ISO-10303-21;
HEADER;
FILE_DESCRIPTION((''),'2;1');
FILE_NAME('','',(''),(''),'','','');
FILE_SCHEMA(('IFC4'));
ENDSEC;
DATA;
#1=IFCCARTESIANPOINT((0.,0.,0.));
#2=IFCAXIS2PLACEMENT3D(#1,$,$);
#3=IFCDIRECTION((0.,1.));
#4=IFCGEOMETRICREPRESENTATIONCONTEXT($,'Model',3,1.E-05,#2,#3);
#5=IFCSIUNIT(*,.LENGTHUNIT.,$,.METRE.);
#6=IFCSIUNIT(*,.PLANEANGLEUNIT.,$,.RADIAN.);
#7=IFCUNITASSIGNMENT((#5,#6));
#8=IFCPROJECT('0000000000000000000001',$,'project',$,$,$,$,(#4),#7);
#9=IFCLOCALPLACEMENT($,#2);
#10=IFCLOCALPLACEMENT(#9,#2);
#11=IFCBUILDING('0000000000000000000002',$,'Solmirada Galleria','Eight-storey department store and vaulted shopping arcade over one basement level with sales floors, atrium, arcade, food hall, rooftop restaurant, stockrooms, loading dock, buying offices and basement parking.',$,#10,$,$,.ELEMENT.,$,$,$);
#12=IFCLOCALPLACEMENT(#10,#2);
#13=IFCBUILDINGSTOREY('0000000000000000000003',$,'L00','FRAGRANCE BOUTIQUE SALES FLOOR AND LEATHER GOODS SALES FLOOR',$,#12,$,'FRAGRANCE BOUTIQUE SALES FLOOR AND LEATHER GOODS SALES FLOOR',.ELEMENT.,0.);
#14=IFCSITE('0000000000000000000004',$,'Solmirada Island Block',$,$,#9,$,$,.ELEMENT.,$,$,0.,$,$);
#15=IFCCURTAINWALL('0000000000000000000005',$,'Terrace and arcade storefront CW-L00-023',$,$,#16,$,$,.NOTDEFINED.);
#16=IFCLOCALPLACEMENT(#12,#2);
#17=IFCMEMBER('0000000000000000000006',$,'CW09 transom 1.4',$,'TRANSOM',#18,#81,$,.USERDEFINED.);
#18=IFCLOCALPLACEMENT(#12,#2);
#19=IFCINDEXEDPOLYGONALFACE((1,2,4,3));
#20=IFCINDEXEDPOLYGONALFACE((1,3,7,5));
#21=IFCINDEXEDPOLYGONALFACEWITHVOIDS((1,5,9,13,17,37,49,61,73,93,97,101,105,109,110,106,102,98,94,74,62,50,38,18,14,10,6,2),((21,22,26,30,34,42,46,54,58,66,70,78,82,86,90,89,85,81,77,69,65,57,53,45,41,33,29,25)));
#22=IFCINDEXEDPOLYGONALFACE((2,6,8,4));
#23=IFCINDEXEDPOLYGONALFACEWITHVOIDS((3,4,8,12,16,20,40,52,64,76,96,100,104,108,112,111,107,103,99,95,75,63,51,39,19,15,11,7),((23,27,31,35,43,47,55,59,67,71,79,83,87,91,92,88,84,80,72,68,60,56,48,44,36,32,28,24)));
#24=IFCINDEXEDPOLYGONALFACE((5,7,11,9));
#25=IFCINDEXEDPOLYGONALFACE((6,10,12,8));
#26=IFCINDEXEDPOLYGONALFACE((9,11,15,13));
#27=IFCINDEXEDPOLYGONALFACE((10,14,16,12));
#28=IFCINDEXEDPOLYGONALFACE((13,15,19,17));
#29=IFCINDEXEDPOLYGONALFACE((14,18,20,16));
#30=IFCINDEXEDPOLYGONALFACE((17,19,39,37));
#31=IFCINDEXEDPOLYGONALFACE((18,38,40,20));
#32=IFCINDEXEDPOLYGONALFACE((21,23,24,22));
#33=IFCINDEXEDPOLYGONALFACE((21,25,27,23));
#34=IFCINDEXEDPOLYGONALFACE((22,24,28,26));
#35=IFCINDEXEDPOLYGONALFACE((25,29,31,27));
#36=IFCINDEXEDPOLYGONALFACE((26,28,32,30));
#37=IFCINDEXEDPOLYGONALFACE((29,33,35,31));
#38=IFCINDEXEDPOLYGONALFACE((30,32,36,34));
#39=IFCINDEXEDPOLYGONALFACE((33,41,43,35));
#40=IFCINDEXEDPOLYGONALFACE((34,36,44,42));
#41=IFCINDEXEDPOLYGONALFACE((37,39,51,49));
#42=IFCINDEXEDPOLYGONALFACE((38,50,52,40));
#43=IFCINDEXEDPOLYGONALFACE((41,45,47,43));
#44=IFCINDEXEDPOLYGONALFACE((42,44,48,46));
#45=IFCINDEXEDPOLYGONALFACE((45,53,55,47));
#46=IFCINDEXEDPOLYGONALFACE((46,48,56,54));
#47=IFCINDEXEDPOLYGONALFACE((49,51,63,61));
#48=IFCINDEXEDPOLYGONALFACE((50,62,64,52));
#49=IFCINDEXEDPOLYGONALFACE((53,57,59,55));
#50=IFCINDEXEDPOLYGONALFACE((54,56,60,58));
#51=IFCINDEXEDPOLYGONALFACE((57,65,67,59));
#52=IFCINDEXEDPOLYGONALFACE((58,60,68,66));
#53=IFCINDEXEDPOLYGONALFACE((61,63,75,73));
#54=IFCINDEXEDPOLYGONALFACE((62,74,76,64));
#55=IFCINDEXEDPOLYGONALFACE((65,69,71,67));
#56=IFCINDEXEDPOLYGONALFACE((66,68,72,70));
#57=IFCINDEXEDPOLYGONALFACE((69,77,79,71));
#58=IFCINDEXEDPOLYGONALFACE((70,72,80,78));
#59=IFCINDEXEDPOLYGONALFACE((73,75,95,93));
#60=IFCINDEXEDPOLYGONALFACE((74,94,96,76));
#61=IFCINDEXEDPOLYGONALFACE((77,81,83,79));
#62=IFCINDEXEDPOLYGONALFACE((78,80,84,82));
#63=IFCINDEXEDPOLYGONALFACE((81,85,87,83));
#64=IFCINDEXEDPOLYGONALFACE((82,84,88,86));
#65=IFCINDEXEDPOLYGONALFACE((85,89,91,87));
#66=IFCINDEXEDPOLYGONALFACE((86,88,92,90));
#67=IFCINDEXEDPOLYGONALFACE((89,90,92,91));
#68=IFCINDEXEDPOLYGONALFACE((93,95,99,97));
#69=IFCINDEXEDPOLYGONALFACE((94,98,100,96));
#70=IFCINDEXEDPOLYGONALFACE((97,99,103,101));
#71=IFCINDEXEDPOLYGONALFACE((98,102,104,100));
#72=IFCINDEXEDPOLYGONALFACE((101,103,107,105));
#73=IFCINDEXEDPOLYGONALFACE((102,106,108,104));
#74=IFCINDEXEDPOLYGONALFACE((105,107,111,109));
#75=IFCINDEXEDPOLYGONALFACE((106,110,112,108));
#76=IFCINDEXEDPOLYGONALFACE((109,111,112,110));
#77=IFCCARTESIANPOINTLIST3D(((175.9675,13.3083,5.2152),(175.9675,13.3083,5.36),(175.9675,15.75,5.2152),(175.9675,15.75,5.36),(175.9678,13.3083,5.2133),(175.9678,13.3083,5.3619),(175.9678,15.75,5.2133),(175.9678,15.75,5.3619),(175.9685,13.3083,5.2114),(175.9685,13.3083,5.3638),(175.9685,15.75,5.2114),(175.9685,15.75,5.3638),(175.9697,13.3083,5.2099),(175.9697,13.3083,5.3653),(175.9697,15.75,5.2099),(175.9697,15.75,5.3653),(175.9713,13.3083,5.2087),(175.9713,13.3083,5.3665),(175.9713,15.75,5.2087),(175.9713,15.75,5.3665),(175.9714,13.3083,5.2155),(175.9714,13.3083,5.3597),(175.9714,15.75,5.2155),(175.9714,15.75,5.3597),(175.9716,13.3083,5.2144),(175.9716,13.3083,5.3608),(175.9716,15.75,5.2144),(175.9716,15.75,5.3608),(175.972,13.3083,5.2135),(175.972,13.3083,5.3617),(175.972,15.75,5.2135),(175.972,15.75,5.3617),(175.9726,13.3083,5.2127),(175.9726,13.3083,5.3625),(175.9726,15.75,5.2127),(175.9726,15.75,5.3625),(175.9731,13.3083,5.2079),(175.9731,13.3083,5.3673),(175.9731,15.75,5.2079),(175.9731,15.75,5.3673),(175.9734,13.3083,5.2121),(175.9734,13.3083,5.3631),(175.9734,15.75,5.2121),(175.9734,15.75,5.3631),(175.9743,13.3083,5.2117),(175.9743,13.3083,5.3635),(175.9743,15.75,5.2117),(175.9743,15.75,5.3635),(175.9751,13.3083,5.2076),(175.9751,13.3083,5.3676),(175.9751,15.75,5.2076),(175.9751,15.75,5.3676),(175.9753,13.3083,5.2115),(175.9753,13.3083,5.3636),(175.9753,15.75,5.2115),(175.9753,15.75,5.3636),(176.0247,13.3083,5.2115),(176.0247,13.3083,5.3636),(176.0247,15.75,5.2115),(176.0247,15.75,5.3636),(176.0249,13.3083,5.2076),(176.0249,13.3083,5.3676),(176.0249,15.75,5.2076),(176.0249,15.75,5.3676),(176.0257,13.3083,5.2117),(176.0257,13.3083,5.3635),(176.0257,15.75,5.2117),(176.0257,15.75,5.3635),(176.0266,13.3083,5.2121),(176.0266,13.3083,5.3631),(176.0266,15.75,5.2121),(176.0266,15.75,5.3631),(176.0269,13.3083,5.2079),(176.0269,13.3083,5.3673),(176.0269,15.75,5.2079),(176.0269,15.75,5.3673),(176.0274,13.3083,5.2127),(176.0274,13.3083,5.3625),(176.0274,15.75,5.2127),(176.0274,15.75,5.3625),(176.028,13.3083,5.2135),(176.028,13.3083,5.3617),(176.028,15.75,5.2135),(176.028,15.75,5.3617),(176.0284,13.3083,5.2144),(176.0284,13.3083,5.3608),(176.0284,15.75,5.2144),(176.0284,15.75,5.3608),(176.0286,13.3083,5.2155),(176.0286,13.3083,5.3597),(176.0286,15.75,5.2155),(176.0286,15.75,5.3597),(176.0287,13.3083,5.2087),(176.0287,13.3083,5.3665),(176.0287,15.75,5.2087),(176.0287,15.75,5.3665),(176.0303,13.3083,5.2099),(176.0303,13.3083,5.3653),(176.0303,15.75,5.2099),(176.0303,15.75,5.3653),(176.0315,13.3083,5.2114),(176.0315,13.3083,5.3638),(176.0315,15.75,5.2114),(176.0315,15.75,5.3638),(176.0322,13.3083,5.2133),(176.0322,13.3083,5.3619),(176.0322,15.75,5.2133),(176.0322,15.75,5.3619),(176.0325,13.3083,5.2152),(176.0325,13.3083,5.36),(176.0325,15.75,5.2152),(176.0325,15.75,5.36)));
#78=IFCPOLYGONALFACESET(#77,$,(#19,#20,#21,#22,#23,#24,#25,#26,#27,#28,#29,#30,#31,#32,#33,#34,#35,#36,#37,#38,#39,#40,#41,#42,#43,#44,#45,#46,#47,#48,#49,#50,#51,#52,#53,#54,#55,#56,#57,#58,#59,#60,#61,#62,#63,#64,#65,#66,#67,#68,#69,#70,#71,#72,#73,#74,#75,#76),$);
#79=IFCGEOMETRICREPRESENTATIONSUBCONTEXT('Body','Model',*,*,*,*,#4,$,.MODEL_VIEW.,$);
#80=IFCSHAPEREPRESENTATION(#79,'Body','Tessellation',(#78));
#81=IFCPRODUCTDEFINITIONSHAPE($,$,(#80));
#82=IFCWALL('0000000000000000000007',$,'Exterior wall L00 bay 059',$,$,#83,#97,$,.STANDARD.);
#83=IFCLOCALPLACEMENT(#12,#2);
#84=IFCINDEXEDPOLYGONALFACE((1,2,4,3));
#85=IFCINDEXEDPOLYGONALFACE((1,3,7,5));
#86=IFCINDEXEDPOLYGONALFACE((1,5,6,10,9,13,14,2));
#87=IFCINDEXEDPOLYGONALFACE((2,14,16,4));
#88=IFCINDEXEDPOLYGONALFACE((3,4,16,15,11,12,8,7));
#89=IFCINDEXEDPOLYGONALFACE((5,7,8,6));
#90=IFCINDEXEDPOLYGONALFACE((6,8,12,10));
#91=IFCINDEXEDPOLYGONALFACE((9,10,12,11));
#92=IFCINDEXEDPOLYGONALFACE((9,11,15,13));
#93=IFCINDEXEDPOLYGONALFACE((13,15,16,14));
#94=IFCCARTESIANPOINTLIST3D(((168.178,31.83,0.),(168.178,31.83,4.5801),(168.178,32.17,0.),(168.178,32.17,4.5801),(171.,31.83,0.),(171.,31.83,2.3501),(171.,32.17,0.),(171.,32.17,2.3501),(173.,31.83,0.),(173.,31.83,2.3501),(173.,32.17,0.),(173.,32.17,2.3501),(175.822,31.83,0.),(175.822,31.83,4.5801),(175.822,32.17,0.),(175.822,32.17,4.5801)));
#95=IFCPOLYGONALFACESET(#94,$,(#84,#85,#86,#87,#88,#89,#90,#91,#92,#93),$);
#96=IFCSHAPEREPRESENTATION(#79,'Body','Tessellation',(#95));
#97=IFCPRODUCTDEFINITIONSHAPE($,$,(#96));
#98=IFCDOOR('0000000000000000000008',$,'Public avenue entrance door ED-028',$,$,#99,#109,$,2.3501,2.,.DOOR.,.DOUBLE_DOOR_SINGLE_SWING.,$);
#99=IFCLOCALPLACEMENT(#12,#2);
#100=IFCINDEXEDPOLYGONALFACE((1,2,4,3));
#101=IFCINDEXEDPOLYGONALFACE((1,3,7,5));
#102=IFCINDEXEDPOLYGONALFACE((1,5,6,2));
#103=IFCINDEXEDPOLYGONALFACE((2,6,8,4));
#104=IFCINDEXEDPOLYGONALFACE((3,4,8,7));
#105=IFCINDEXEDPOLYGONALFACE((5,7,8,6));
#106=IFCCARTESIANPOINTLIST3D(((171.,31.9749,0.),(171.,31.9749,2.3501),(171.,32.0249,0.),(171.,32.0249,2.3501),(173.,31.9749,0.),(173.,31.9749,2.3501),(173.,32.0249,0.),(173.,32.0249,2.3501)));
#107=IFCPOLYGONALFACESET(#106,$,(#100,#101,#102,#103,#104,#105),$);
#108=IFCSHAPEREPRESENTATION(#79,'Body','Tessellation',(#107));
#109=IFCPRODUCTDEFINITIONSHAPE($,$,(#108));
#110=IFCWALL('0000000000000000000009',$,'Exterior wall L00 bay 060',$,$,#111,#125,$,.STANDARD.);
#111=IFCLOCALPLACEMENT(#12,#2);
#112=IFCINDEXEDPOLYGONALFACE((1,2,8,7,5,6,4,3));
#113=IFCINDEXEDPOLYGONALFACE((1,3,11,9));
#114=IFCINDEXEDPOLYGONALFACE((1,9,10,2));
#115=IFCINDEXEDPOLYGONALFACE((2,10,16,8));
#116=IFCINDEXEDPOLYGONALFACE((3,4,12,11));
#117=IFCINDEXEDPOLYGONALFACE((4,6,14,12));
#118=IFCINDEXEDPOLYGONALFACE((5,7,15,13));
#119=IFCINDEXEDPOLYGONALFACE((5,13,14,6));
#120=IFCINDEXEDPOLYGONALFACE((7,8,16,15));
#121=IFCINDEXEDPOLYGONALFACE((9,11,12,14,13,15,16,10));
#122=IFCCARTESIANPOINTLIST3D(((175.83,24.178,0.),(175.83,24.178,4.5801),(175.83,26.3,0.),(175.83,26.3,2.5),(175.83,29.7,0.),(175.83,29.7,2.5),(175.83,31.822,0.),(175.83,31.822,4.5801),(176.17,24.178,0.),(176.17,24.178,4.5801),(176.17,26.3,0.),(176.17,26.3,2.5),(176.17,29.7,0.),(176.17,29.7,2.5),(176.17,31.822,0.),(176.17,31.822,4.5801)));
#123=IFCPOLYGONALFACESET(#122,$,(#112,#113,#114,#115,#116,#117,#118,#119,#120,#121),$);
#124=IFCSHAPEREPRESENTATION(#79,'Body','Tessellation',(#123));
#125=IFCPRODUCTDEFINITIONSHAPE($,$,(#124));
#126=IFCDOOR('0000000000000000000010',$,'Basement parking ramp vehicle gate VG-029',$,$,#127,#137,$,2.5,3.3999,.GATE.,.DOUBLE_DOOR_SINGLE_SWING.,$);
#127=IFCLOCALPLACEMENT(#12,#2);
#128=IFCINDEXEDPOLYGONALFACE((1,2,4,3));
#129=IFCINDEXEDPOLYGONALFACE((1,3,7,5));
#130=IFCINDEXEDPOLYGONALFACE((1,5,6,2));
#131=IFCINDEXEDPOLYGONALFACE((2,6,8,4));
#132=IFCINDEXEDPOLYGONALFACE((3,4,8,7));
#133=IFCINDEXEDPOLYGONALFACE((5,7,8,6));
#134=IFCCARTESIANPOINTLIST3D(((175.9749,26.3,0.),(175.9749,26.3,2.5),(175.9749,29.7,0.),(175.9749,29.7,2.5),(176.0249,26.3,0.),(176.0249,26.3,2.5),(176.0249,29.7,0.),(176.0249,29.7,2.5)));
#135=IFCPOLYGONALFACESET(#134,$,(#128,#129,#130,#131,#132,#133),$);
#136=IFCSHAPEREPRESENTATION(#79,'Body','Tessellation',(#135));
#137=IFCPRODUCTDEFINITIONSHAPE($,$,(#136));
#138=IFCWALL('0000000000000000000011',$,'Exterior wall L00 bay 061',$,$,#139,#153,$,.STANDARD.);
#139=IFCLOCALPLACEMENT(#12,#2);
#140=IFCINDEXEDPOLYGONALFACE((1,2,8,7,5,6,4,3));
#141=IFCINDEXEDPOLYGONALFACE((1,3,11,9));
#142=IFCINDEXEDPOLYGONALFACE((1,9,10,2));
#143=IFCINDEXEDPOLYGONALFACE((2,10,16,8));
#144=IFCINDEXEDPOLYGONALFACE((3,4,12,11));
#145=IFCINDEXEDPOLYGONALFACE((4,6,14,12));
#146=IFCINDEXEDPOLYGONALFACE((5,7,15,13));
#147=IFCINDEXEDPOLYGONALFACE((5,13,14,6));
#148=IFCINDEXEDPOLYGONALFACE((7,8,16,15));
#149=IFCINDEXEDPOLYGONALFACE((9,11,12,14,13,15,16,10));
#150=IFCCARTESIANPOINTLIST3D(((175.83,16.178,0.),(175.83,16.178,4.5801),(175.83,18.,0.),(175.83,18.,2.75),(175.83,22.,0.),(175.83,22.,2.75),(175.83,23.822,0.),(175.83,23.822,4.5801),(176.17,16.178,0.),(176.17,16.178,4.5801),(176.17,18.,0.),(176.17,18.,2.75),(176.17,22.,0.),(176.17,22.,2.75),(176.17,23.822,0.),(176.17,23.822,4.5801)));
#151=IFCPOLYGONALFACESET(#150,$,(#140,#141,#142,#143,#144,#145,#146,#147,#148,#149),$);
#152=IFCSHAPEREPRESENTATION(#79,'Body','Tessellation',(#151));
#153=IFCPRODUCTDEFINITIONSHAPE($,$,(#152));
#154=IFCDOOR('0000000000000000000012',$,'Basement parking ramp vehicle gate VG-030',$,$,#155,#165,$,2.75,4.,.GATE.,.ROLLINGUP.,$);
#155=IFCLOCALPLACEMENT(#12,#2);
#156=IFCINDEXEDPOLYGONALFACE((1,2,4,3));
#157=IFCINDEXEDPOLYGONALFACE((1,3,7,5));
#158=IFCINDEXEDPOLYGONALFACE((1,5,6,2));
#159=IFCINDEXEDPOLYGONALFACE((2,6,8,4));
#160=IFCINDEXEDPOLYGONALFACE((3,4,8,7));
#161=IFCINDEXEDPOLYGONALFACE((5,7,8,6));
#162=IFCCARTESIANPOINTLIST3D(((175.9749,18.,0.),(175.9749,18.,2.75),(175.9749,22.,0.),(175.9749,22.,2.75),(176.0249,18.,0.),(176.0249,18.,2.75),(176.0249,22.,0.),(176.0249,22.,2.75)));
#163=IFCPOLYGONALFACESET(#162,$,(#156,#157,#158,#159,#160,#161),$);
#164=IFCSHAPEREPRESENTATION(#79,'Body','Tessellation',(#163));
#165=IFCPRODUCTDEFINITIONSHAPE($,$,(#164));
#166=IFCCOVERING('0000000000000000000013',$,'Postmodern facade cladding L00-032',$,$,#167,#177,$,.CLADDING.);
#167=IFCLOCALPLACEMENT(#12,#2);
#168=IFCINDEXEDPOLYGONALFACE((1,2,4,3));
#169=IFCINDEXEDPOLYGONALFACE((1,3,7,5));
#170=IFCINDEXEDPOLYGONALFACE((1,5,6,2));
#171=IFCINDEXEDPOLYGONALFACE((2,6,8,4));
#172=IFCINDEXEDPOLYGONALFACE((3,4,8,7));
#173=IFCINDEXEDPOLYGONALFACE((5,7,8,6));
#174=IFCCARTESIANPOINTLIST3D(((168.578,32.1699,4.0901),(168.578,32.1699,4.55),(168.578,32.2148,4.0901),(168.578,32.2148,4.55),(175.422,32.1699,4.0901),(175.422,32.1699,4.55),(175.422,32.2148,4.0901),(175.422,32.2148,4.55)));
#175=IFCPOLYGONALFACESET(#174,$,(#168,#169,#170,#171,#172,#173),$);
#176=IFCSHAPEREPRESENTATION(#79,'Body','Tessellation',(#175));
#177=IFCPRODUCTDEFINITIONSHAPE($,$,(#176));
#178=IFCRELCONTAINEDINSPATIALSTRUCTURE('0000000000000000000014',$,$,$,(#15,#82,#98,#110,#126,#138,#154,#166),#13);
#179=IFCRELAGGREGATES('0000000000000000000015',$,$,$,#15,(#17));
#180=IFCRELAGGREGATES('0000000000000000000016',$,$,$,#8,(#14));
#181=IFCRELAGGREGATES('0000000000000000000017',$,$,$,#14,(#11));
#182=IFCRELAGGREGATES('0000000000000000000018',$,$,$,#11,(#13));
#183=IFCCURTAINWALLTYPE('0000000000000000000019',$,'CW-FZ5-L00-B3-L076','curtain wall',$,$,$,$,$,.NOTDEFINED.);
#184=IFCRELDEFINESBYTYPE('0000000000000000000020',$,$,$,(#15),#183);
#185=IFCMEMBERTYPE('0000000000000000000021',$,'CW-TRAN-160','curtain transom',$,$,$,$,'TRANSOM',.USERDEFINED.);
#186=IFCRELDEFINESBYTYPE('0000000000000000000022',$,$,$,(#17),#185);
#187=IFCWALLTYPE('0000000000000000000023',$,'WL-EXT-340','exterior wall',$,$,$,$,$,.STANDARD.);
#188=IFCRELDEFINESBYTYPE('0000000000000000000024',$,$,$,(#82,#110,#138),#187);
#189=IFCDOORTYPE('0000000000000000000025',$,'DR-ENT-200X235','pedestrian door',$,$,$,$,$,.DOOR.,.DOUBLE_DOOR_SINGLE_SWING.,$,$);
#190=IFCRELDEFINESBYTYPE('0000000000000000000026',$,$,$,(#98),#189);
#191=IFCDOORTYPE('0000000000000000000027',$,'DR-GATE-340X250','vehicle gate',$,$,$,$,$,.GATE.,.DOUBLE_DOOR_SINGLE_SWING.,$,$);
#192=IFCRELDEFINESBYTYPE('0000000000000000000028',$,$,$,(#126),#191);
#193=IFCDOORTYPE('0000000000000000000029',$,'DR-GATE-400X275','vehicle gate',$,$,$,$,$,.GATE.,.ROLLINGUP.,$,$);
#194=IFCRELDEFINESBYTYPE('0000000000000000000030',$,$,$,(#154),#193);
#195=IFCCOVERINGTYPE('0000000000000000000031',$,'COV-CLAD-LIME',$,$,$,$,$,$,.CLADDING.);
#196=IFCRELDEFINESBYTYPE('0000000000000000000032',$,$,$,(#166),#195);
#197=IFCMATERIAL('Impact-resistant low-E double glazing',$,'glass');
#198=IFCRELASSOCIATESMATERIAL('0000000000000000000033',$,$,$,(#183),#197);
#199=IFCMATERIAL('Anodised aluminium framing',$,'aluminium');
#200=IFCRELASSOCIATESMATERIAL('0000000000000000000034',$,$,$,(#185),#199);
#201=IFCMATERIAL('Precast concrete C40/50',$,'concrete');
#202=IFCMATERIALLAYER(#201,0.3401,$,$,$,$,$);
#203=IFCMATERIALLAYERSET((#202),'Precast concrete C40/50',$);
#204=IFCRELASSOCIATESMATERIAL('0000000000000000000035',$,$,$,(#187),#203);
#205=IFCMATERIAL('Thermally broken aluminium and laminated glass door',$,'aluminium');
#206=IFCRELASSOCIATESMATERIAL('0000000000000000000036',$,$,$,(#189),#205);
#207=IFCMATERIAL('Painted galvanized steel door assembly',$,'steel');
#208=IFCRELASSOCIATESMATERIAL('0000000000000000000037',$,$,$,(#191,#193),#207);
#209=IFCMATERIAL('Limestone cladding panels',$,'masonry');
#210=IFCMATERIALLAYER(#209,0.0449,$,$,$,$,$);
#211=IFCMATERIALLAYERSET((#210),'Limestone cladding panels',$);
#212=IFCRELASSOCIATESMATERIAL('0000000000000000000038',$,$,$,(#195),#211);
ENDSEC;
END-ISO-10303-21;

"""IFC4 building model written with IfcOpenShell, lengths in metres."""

from ifc_helpers import new_model, si_unit, direction, frame, frame_2d, origin, origin_2d, place, context, subcontext, project, spatial, rectangle, hollow_rectangle, extrude, material, layer, layer_set, material_profile, profile_set, type_object, element, fill, aggregate, save


model = new_model("IFC4")

# Units and contexts
model_context = context("Model", 3, precision=1e-05, world=origin(), true_north=direction((0.0, 1.0)))
body_context = subcontext(model_context, "Body", "Model", "MODEL_VIEW")
ifc_project = project(units=[si_unit("LENGTHUNIT", "METRE"), si_unit("PLANEANGLEUNIT", "RADIAN")], contexts=[model_context])

# Site, building, storey
site_placement = place(None, origin())
site = spatial("IfcSite", under=ifc_project, at=site_placement, Name="Solmirada Island Block", CompositionType="ELEMENT", RefElevation=0.0)
building_placement = place(site_placement, origin())
building = spatial("IfcBuilding", under=site, at=building_placement, Name="Solmirada Galleria", Description="Eight-storey department store and vaulted shopping arcade over one basement level with sales floors, atrium, arcade, food hall, rooftop restaurant, stockrooms, loading dock, buying offices and basement parking.", CompositionType="ELEMENT")
storey_placement = place(building_placement, origin())
storey = spatial("IfcBuildingStorey", under=building, at=storey_placement, Name="L00", Description="FRAGRANCE BOUTIQUE SALES FLOOR AND LEATHER GOODS SALES FLOOR", LongName="FRAGRANCE BOUTIQUE SALES FLOOR AND LEATHER GOODS SALES FLOOR", CompositionType="ELEMENT", Elevation=0.0)

# Curtain wall, member
ifc_material_1 = material(Name="Impact-resistant low-E double glazing", Category="glass")
curtain_wall_type = type_object("IfcCurtainWallType", Name="CW-FZ5-L00-B3-L076", Description="curtain wall", PredefinedType="NOTDEFINED", material=ifc_material_1)
curtain_wall_placement = place(storey_placement, origin())
curtain_wall = element("IfcCurtainWall", 1, at=curtain_wall_placement, inside=storey, type_object=curtain_wall_type, Name="Terrace and arcade storefront CW-L00-023", PredefinedType="NOTDEFINED")
ifc_material_2 = material(Name="Anodised aluminium framing", Category="aluminium")
ifc_material_profile_1 = material_profile(ifc_material_2, hollow_rectangle(XDim=0.0649, YDim=0.1599, WallThickness=0.0039, InnerFilletRadius=0.0039, OuterFilletRadius=0.0076, at=origin_2d()), Name="ALU-TRAN-160X65")
ifc_profile_set_1 = profile_set([ifc_material_profile_1], Name="Anodised aluminium framing")
member_type_1 = type_object("IfcMemberType", Name="CW-TRAN-160", Description="curtain transom", ElementType="TRANSOM", PredefinedType="USERDEFINED", material=ifc_profile_set_1)
member_1_placement = place(storey_placement, frame((176.0, 15.75, 5.2876), z_axis=(0.0, -1.0, 0.0), x_axis=(1.0, 0.0, 0.0)))
member_1 = element("IfcMember", 2, at=member_1_placement, type_object=member_type_1, Name="CW09 transom 1.4", ObjectType="TRANSOM", PredefinedType="USERDEFINED", context=body_context, shape_type="SweptSolid", body=[
    extrude(hollow_rectangle(XDim=0.0649, YDim=0.1599, WallThickness=0.0039, InnerFilletRadius=0.0039, OuterFilletRadius=0.0076, at=origin_2d()), origin(), (0.0, 0.0, 1.0), 2.4417),
])
aggregate(curtain_wall, [member_1])

# Walls, openings, doors
ifc_material_3 = material(Name="Precast concrete C40/50", Category="concrete")
ifc_layer_1 = layer(ifc_material_3, 0.3401)
ifc_layer_set_1 = layer_set([ifc_layer_1], Name="Precast concrete C40/50")
wall_type = type_object("IfcWallType", Name="WL-EXT-340", Description="exterior wall", PredefinedType="STANDARD", material=ifc_layer_set_1)
wall_1_placement = place(storey_placement, frame((168.178, 32.0, 0.0), z_axis=(0.0, 0.0, 1.0), x_axis=(1.0, 0.0, 0.0)))
wall_1 = element("IfcWall", 3, at=wall_1_placement, inside=storey, type_object=wall_type, Name="Exterior wall L00 bay 059", PredefinedType="STANDARD", context=body_context, shape_type="SweptSolid", body=[
    extrude(rectangle(XDim=7.644, YDim=0.3401, at=frame_2d((3.822, 0.0))), origin(), (0.0, 0.0, 1.0), 4.5801),
])
opening_1_placement = place(wall_1_placement, frame((2.822, 0.0, 0.0)))
opening_1 = element("IfcOpeningElement", 4, at=opening_1_placement, cuts=wall_1, PredefinedType="OPENING", context=body_context, shape_type="SweptSolid", body=[
    extrude(rectangle(XDim=2.0, YDim=2.3501, at=frame_2d((1.0, 1.175))), frame((0.0, 0.1799, 0.0), z_axis=(0.0, -1.0, 0.0), x_axis=(1.0, 0.0, 0.0)), (0.0, 0.0, 1.0), 0.3601),
])
ifc_material_4 = material(Name="Thermally broken aluminium and laminated glass door", Category="aluminium")
door_type_1 = type_object("IfcDoorType", Name="DR-ENT-200X235", Description="pedestrian door", OperationType="DOUBLE_DOOR_SINGLE_SWING", PredefinedType="DOOR", material=ifc_material_4)
door_1_placement = place(opening_1_placement, origin())
door_1 = element("IfcDoor", 5, at=door_1_placement, inside=storey, type_object=door_type_1, Name="Public avenue entrance door ED-028", OperationType="DOUBLE_DOOR_SINGLE_SWING", OverallHeight=2.3501, OverallWidth=2.0, PredefinedType="DOOR", context=body_context, shape_type="SweptSolid", body=[
    extrude(rectangle(XDim=2.0, YDim=2.3501, at=frame_2d((1.0, 1.175))), frame((0.0, 0.0249, 0.0), z_axis=(0.0, -1.0, 0.0), x_axis=(1.0, 0.0, 0.0)), (0.0, 0.0, 1.0), 0.05),
])
fill(opening_1, door_1)
wall_2_placement = place(storey_placement, frame((176.0, 31.822, 0.0), z_axis=(0.0, 0.0, 1.0), x_axis=(0.0, -1.0, 0.0)))
wall_2 = element("IfcWall", 6, at=wall_2_placement, inside=storey, type_object=wall_type, Name="Exterior wall L00 bay 060", PredefinedType="STANDARD", context=body_context, shape_type="SweptSolid", body=[
    extrude(rectangle(XDim=7.644, YDim=0.3401, at=frame_2d((3.822, 0.0))), origin(), (0.0, 0.0, 1.0), 4.5801),
])
opening_2_placement = place(wall_2_placement, frame((2.1221, 0.0, 0.0)))
opening_2 = element("IfcOpeningElement", 7, at=opening_2_placement, cuts=wall_2, PredefinedType="OPENING", context=body_context, shape_type="SweptSolid", body=[
    extrude(rectangle(XDim=3.3999, YDim=2.5, at=frame_2d((1.7, 1.25))), frame((0.0, 0.1799, 0.0), z_axis=(0.0, -1.0, 0.0), x_axis=(1.0, 0.0, 0.0)), (0.0, 0.0, 1.0), 0.3601),
])
ifc_material_5 = material(Name="Painted galvanized steel door assembly", Category="steel")
door_type_2 = type_object("IfcDoorType", Name="DR-GATE-340X250", Description="vehicle gate", OperationType="DOUBLE_DOOR_SINGLE_SWING", PredefinedType="GATE", material=ifc_material_5)
door_2_placement = place(opening_2_placement, origin())
door_2 = element("IfcDoor", 8, at=door_2_placement, inside=storey, type_object=door_type_2, Name="Basement parking ramp vehicle gate VG-029", OperationType="DOUBLE_DOOR_SINGLE_SWING", OverallHeight=2.5, OverallWidth=3.3999, PredefinedType="GATE", context=body_context, shape_type="SweptSolid", body=[
    extrude(rectangle(XDim=3.3999, YDim=2.5, at=frame_2d((1.7, 1.25))), frame((0.0, 0.0249, 0.0), z_axis=(0.0, -1.0, 0.0), x_axis=(1.0, 0.0, 0.0)), (0.0, 0.0, 1.0), 0.05),
])
fill(opening_2, door_2)
wall_3_placement = place(storey_placement, frame((176.0, 23.822, 0.0), z_axis=(0.0, 0.0, 1.0), x_axis=(0.0, -1.0, 0.0)))
wall_3 = element("IfcWall", 9, at=wall_3_placement, inside=storey, type_object=wall_type, Name="Exterior wall L00 bay 061", PredefinedType="STANDARD", context=body_context, shape_type="SweptSolid", body=[
    extrude(rectangle(XDim=7.644, YDim=0.3401, at=frame_2d((3.822, 0.0))), origin(), (0.0, 0.0, 1.0), 4.5801),
])
opening_3_placement = place(wall_3_placement, frame((1.822, 0.0, 0.0)))
opening_3 = element("IfcOpeningElement", 10, at=opening_3_placement, cuts=wall_3, PredefinedType="OPENING", context=body_context, shape_type="SweptSolid", body=[
    extrude(rectangle(XDim=4.0, YDim=2.75, at=frame_2d((2.0, 1.375))), frame((0.0, 0.1799, 0.0), z_axis=(0.0, -1.0, 0.0), x_axis=(1.0, 0.0, 0.0)), (0.0, 0.0, 1.0), 0.3601),
])
door_type_3 = type_object("IfcDoorType", Name="DR-GATE-400X275", Description="vehicle gate", OperationType="ROLLINGUP", PredefinedType="GATE", material=ifc_material_5)
door_3_placement = place(opening_3_placement, origin())
door_3 = element("IfcDoor", 11, at=door_3_placement, inside=storey, type_object=door_type_3, Name="Basement parking ramp vehicle gate VG-030", OperationType="ROLLINGUP", OverallHeight=2.75, OverallWidth=4.0, PredefinedType="GATE", context=body_context, shape_type="SweptSolid", body=[
    extrude(rectangle(XDim=4.0, YDim=2.75, at=frame_2d((2.0, 1.375))), frame((0.0, 0.0249, 0.0), z_axis=(0.0, -1.0, 0.0), x_axis=(1.0, 0.0, 0.0)), (0.0, 0.0, 1.0), 0.05),
])
fill(opening_3, door_3)

# Covering
ifc_material_6 = material(Name="Limestone cladding panels", Category="masonry")
ifc_layer_2 = layer(ifc_material_6, 0.0449)
ifc_layer_set_2 = layer_set([ifc_layer_2], Name="Limestone cladding panels")
covering_type = type_object("IfcCoveringType", Name="COV-CLAD-LIME", PredefinedType="CLADDING", material=ifc_layer_set_2)
covering_placement = place(storey_placement, frame((172.0, 32.1924, 4.0901), z_axis=(0.0, 0.0, 1.0), x_axis=(1.0, 0.0, 0.0)))
element("IfcCovering", 12, at=covering_placement, inside=storey, type_object=covering_type, Name="Postmodern facade cladding L00-032", PredefinedType="CLADDING", context=body_context, shape_type="SweptSolid", body=[
    extrude(rectangle(XDim=6.844, YDim=0.0449, at=origin_2d()), origin(), (0.0, 0.0, 1.0), 0.46),
])

save(model, "model.ifc")
